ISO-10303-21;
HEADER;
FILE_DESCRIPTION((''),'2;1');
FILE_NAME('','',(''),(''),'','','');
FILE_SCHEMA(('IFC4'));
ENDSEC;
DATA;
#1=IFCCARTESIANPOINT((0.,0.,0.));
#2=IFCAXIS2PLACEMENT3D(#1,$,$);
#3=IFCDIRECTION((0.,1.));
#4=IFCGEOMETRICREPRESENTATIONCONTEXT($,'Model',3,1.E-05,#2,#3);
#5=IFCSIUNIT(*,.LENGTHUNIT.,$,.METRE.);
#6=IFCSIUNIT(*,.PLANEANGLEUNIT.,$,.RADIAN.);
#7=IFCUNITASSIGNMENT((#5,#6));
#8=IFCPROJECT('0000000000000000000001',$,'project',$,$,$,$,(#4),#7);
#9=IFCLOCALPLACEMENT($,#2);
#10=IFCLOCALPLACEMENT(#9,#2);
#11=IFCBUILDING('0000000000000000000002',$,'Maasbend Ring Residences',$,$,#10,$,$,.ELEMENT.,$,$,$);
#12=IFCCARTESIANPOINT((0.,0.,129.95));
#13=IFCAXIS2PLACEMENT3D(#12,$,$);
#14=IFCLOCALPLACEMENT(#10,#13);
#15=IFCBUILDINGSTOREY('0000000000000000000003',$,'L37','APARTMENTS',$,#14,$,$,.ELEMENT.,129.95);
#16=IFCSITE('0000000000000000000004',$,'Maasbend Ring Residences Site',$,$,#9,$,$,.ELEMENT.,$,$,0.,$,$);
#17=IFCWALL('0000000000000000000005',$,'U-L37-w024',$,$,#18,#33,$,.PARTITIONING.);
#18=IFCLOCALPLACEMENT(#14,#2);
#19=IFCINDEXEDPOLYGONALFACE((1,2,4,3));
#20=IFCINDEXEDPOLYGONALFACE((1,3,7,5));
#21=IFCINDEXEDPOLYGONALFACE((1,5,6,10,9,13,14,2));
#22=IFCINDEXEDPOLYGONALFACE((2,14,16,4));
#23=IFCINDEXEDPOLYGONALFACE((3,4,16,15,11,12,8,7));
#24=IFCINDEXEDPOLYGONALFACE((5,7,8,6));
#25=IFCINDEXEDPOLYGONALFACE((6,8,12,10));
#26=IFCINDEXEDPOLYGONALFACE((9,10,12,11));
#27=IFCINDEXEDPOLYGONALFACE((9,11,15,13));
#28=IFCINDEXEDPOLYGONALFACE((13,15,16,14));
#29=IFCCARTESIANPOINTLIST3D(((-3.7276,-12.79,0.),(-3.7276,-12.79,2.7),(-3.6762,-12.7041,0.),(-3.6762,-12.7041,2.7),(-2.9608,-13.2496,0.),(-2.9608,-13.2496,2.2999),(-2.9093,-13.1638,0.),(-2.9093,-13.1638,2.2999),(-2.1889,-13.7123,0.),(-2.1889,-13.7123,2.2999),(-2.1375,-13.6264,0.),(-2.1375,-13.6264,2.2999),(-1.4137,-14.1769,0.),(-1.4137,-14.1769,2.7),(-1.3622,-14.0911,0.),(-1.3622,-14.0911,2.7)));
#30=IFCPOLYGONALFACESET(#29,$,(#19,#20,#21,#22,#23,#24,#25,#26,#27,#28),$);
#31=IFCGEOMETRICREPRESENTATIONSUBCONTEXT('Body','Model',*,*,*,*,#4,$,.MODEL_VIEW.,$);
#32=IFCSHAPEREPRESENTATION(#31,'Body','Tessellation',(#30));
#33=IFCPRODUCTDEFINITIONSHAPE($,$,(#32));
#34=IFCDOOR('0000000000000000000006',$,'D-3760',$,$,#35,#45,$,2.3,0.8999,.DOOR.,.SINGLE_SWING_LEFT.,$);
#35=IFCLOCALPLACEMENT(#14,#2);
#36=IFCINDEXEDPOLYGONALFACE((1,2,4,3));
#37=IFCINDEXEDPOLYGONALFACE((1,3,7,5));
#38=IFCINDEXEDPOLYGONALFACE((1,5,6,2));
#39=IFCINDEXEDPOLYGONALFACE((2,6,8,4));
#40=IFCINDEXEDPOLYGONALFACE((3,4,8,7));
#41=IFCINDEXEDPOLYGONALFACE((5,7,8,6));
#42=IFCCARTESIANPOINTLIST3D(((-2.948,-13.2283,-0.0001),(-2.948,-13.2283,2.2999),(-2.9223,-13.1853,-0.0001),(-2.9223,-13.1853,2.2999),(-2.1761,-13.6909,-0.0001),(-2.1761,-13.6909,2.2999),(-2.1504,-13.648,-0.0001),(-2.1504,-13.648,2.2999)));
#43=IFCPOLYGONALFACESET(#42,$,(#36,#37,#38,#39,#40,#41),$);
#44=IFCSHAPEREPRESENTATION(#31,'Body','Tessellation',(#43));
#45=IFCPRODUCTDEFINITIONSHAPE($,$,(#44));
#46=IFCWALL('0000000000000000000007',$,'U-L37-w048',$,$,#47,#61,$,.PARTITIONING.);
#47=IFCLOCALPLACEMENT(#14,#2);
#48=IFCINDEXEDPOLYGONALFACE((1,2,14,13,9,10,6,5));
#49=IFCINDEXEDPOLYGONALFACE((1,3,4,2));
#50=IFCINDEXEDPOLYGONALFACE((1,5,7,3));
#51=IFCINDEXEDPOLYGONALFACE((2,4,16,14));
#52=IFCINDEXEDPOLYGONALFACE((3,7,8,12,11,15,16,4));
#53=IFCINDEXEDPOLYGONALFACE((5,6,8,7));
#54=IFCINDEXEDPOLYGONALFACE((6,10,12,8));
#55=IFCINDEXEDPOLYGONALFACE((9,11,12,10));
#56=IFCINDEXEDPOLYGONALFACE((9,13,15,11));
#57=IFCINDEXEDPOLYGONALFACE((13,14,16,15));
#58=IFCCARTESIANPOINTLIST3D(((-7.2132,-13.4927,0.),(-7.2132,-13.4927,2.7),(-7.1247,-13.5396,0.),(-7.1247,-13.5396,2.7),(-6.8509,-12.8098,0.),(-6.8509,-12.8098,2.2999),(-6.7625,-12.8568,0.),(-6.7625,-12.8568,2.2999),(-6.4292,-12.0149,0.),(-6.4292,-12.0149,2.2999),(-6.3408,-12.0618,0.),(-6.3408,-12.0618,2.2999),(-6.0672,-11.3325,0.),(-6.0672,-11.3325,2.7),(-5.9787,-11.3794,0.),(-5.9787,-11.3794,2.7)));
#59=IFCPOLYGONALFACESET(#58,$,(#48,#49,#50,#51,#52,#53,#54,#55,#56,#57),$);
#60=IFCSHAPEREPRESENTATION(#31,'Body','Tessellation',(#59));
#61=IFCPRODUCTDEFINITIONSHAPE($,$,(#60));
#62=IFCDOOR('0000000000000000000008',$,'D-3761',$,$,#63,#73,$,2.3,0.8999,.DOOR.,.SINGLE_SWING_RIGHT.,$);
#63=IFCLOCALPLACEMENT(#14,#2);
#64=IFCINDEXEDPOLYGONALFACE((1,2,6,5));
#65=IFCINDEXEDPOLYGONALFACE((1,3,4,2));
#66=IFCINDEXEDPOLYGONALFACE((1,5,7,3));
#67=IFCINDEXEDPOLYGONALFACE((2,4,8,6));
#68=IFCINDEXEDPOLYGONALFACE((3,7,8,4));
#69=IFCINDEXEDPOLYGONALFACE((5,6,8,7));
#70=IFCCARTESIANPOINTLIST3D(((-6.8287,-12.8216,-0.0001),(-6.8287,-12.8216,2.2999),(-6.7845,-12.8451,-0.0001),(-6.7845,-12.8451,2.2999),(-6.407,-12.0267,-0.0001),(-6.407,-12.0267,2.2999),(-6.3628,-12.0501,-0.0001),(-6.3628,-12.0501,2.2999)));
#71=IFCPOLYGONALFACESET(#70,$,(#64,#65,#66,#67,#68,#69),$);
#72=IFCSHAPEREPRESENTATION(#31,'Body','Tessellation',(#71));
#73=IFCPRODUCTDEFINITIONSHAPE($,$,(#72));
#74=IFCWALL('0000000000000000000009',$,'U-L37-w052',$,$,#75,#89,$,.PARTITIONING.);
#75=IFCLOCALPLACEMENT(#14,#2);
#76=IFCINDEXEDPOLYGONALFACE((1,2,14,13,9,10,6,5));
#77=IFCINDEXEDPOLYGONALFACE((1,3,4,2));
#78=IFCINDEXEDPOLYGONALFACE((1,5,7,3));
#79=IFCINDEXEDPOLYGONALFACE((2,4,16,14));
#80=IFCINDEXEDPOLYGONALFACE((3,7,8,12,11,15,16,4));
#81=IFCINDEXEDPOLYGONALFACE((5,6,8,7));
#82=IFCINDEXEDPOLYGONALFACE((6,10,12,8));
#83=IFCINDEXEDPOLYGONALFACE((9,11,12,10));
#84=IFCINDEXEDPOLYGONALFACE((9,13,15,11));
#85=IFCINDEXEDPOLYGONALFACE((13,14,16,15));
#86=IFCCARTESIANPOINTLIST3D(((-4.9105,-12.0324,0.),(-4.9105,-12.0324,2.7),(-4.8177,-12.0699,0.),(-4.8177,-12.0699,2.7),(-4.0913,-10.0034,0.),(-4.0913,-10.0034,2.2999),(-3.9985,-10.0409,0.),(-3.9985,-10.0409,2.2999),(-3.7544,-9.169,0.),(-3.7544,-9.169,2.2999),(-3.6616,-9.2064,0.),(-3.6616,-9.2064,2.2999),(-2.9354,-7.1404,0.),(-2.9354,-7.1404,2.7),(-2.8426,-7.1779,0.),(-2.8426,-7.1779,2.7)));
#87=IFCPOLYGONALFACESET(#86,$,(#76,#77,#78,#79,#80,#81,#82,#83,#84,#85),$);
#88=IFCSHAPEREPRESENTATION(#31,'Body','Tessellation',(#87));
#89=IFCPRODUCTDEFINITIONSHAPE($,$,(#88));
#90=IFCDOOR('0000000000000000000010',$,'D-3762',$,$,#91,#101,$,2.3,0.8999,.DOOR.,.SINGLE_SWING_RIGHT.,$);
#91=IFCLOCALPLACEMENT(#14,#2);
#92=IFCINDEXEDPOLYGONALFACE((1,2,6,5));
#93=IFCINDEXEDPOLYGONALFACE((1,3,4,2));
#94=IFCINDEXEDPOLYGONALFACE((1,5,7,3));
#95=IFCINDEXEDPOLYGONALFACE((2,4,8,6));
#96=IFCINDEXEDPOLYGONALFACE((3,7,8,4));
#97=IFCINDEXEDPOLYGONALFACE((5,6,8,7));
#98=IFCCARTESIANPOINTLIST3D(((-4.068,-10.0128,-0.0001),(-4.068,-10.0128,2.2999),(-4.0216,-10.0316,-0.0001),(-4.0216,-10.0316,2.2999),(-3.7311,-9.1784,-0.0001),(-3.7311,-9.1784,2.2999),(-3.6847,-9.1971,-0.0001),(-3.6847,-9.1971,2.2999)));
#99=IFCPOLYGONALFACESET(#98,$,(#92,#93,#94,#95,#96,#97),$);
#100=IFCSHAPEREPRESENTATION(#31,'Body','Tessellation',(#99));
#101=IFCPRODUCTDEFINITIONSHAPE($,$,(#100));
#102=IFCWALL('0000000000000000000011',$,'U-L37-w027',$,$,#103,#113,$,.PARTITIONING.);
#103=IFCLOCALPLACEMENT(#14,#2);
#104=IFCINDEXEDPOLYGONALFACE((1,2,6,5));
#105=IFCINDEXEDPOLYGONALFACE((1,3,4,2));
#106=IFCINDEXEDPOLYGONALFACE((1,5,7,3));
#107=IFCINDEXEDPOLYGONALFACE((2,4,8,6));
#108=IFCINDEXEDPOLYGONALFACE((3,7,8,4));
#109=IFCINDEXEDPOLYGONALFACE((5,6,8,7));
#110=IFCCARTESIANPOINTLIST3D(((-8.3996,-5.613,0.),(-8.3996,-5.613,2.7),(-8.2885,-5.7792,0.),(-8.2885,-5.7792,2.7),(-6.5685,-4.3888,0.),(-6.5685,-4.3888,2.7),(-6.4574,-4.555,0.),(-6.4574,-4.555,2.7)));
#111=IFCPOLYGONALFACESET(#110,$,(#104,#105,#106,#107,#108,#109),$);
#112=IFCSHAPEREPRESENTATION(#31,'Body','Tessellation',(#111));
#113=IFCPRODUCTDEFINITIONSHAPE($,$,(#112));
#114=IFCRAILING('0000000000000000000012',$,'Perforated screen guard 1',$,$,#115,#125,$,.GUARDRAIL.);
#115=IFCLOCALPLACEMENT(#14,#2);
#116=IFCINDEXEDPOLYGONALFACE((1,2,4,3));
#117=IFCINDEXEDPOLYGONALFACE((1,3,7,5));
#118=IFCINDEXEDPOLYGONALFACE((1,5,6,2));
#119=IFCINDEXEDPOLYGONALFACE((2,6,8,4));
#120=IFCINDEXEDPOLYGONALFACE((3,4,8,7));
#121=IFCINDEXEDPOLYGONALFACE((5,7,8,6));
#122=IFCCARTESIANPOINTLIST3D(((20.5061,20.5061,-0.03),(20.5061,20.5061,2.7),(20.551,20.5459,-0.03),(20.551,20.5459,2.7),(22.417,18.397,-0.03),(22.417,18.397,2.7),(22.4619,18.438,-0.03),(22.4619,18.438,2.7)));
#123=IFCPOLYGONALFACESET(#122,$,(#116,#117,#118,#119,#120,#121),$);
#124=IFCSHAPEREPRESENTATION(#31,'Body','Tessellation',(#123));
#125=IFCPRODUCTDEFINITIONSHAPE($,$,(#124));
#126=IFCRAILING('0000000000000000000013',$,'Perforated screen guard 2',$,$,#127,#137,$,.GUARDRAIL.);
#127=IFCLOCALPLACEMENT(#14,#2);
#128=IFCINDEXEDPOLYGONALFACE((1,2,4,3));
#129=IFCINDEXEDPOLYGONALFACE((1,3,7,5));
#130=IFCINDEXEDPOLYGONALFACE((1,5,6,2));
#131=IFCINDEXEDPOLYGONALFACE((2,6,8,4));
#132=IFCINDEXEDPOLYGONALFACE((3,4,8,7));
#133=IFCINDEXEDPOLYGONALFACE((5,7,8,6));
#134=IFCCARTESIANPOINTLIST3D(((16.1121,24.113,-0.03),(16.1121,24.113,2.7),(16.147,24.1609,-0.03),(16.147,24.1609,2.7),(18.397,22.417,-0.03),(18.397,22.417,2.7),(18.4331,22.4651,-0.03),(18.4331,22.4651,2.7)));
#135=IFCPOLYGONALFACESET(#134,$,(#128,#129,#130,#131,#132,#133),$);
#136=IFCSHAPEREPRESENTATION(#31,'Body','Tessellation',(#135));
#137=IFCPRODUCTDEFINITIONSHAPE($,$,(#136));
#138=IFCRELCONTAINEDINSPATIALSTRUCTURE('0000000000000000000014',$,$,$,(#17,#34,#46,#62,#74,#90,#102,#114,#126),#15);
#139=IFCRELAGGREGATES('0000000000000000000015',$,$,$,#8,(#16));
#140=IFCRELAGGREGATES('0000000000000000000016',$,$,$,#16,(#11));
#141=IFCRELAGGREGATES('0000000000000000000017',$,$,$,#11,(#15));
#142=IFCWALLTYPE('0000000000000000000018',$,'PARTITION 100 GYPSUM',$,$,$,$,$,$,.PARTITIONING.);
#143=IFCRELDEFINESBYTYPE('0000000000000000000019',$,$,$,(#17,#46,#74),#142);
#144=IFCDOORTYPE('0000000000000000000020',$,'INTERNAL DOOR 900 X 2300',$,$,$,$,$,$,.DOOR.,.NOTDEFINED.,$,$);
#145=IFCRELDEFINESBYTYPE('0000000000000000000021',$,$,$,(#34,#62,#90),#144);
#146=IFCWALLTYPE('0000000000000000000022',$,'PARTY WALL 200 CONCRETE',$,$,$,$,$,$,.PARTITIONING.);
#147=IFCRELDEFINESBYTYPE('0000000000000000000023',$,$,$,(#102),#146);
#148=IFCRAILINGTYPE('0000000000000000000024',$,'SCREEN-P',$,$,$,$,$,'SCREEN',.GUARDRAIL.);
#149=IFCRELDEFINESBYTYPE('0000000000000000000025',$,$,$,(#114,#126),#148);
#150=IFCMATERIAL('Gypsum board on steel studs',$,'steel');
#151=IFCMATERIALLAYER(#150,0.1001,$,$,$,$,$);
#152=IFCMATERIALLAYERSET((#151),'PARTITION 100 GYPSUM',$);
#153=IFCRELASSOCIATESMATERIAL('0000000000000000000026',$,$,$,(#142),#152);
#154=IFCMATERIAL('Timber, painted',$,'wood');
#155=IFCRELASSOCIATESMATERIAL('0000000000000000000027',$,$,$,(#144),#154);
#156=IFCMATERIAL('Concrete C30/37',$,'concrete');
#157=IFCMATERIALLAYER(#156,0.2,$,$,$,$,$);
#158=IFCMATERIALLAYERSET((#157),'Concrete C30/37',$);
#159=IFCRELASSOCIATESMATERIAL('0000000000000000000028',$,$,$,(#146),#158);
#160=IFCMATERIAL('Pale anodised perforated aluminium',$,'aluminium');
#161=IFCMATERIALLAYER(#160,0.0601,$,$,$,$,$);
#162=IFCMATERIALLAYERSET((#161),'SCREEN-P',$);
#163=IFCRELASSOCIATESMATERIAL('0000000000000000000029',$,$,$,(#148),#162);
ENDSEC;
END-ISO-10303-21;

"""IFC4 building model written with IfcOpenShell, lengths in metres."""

from ifc_helpers import new_model, si_unit, direction, frame, frame_2d, origin, place, context, subcontext, project, spatial, polyline, rectangle, outline, extrude, material, layer, layer_set, type_object, element, fill, save


model = new_model("IFC4")

# Units and contexts
model_context = context("Model", 3, precision=1e-05, world=origin(), true_north=direction((0.0, 1.0)))
body_context = subcontext(model_context, "Body", "Model", "MODEL_VIEW")
ifc_project = project(units=[si_unit("LENGTHUNIT", "METRE"), si_unit("PLANEANGLEUNIT", "RADIAN")], contexts=[model_context])

# Site, building, storey
site_placement = place(None, origin())
site = spatial("IfcSite", under=ifc_project, at=site_placement, Name="Maasbend Ring Residences Site", CompositionType="ELEMENT", RefElevation=0.0)
building_placement = place(site_placement, origin())
building = spatial("IfcBuilding", under=site, at=building_placement, Name="Maasbend Ring Residences", CompositionType="ELEMENT")
storey_placement = place(building_placement, frame((0.0, 0.0, 129.95)))
storey = spatial("IfcBuildingStorey", under=building, at=storey_placement, Name="L37", Description="APARTMENTS", CompositionType="ELEMENT", Elevation=129.95)

# Walls, openings, doors
ifc_material_1 = material(Name="Gypsum board on steel studs", Category="steel")
ifc_layer_1 = layer(ifc_material_1, 0.1001)
ifc_layer_set_1 = layer_set([ifc_layer_1], Name="PARTITION 100 GYPSUM")
wall_type_1 = type_object("IfcWallType", Name="PARTITION 100 GYPSUM", PredefinedType="PARTITIONING", material=ifc_layer_set_1)
wall_1_placement = place(storey_placement, frame((-3.7019, -12.7471, 0.0), z_axis=(0.0, 0.0, 1.0), x_axis=(0.857724, -0.51411, 0.0)))
wall_1 = element("IfcWall", 1, at=wall_1_placement, inside=storey, type_object=wall_type_1, Name="U-L37-w024", PredefinedType="PARTITIONING", context=body_context, shape_type="SweptSolid", body=[
    extrude(rectangle(XDim=2.6978, YDim=0.1001, at=frame_2d((1.3489, 0.0))), origin(), (0.0, 0.0, 1.0), 2.7),
])
opening_1_placement = place(wall_1_placement, frame((0.894, 0.0, 0.0)))
opening_1 = element("IfcOpeningElement", 2, at=opening_1_placement, cuts=wall_1, PredefinedType="OPENING", context=body_context, shape_type="SweptSolid", body=[
    extrude(rectangle(XDim=0.8999, YDim=2.3, at=frame_2d((0.45, 1.1499))), frame((0.0, 0.0601, 0.0), z_axis=(0.0, -1.0, 0.0), x_axis=(1.0, 0.0, 0.0)), (0.0, 0.0, 1.0), 0.1201),
])
ifc_material_2 = material(Name="Timber, painted", Category="wood")
door_type = type_object("IfcDoorType", Name="INTERNAL DOOR 900 X 2300", OperationType="NOTDEFINED", PredefinedType="DOOR", material=ifc_material_2)
door_1_placement = place(opening_1_placement, origin())
door_1 = element("IfcDoor", 3, at=door_1_placement, inside=storey, type_object=door_type, Name="D-3760", OperationType="SINGLE_SWING_LEFT", OverallHeight=2.3, OverallWidth=0.8999, PredefinedType="DOOR", context=body_context, shape_type="SweptSolid", body=[
    extrude(rectangle(XDim=0.8999, YDim=2.3, at=frame_2d((0.45, 1.1499))), frame((0.0, 0.0249, 0.0), z_axis=(0.0, -1.0, 0.0), x_axis=(1.0, 0.0, 0.0)), (0.0, 0.0, 1.0), 0.05),
])
fill(opening_1, door_1)
wall_2_placement = place(storey_placement, frame((-7.1689, -13.5161, 0.0), z_axis=(0.0, 0.0, 1.0), x_axis=(0.468649, 0.883384, 0.0)))
wall_2 = element("IfcWall", 4, at=wall_2_placement, inside=storey, type_object=wall_type_1, Name="U-L37-w048", PredefinedType="PARTITIONING", context=body_context, shape_type="SweptSolid", body=[
    extrude(rectangle(XDim=2.4453, YDim=0.1001, at=frame_2d((1.2227, 0.0))), origin(), (0.0, 0.0, 1.0), 2.7),
])
opening_2_placement = place(wall_2_placement, frame((0.7729, 0.0, 0.0)))
opening_2 = element("IfcOpeningElement", 5, at=opening_2_placement, cuts=wall_2, PredefinedType="OPENING", context=body_context, shape_type="SweptSolid", body=[
    extrude(rectangle(XDim=0.8999, YDim=2.3, at=frame_2d((0.45, 1.1499))), frame((0.0, 0.0601, 0.0), z_axis=(0.0, -1.0, 0.0), x_axis=(1.0, 0.0, 0.0)), (0.0, 0.0, 1.0), 0.1201),
])
door_2_placement = place(opening_2_placement, origin())
door_2 = element("IfcDoor", 6, at=door_2_placement, inside=storey, type_object=door_type, Name="D-3761", OperationType="SINGLE_SWING_RIGHT", OverallHeight=2.3, OverallWidth=0.8999, PredefinedType="DOOR", context=body_context, shape_type="SweptSolid", body=[
    extrude(rectangle(XDim=0.8999, YDim=2.3, at=frame_2d((0.45, 1.1499))), frame((0.0, 0.0249, 0.0), z_axis=(0.0, -1.0, 0.0), x_axis=(1.0, 0.0, 0.0)), (0.0, 0.0, 1.0), 0.05),
])
fill(opening_2, door_2)
wall_3_placement = place(storey_placement, frame((-4.864, -12.051, 0.0), z_axis=(0.0, 0.0, 1.0), x_axis=(0.374373, 0.927278, 0.0)))
wall_3 = element("IfcWall", 7, at=wall_3_placement, inside=storey, type_object=wall_type_1, Name="U-L37-w052", PredefinedType="PARTITIONING", context=body_context, shape_type="SweptSolid", body=[
    extrude(rectangle(XDim=5.2756, YDim=0.1001, at=frame_2d((2.6377, 0.0))), origin(), (0.0, 0.0, 1.0), 2.7),
])
opening_3_placement = place(wall_3_placement, frame((2.188, 0.0, 0.0)))
opening_3 = element("IfcOpeningElement", 8, at=opening_3_placement, cuts=wall_3, PredefinedType="OPENING", context=body_context, shape_type="SweptSolid", body=[
    extrude(rectangle(XDim=0.8999, YDim=2.3, at=frame_2d((0.45, 1.1499))), frame((0.0, 0.0601, 0.0), z_axis=(0.0, -1.0, 0.0), x_axis=(1.0, 0.0, 0.0)), (0.0, 0.0, 1.0), 0.1201),
])
door_3_placement = place(opening_3_placement, origin())
door_3 = element("IfcDoor", 9, at=door_3_placement, inside=storey, type_object=door_type, Name="D-3762", OperationType="SINGLE_SWING_RIGHT", OverallHeight=2.3, OverallWidth=0.8999, PredefinedType="DOOR", context=body_context, shape_type="SweptSolid", body=[
    extrude(rectangle(XDim=0.8999, YDim=2.3, at=frame_2d((0.45, 1.1499))), frame((0.0, 0.0249, 0.0), z_axis=(0.0, -1.0, 0.0), x_axis=(1.0, 0.0, 0.0)), (0.0, 0.0, 1.0), 0.05),
])
fill(opening_3, door_3)

# Wall
ifc_material_3 = material(Name="Concrete C30/37", Category="concrete")
ifc_layer_2 = layer(ifc_material_3, 0.2)
ifc_layer_set_2 = layer_set([ifc_layer_2], Name="Concrete C30/37")
wall_type_2 = type_object("IfcWallType", Name="PARTY WALL 200 CONCRETE", PredefinedType="PARTITIONING", material=ifc_layer_set_2)
wall_4_placement = place(storey_placement, frame((-6.5129, -4.4719, 0.0), z_axis=(0.0, 0.0, 1.0), x_axis=(-0.831333, -0.555774, 0.0)))
element("IfcWall", 10, at=wall_4_placement, inside=storey, type_object=wall_type_2, Name="U-L37-w027", PredefinedType="PARTITIONING", context=body_context, shape_type="SweptSolid", body=[
    extrude(rectangle(XDim=2.2026, YDim=0.2, at=frame_2d((1.1013, 0.0))), origin(), (0.0, 0.0, 1.0), 2.7),
])

# Railings
ifc_material_4 = material(Name="Pale anodised perforated aluminium", Category="aluminium")
ifc_layer_3 = layer(ifc_material_4, 0.0601)
ifc_layer_set_3 = layer_set([ifc_layer_3], Name="SCREEN-P")
railing_type = type_object("IfcRailingType", Name="SCREEN-P", ElementType="SCREEN", PredefinedType="GUARDRAIL", material=ifc_layer_set_3)
railing_1_placement = place(storey_placement, frame((0.0, 0.0, -0.03)))
element("IfcRailing", 11, at=railing_1_placement, inside=storey, type_object=railing_type, Name="Perforated screen guard 1", PredefinedType="GUARDRAIL", context=body_context, shape_type="SweptSolid", body=[
    extrude(outline(polyline([(22.417, 18.397), (20.5061, 20.5061), (20.551, 20.5459), (22.4619, 18.438), (22.417, 18.397)])), origin(), (0.0, 0.0, 1.0), 2.73),
])
railing_2_placement = place(storey_placement, frame((0.0, 0.0, -0.03)))
element("IfcRailing", 12, at=railing_2_placement, inside=storey, type_object=railing_type, Name="Perforated screen guard 2", PredefinedType="GUARDRAIL", context=body_context, shape_type="SweptSolid", body=[
    extrude(outline(polyline([(18.397, 22.417), (16.1121, 24.113), (16.147, 24.1609), (18.4331, 22.4651), (18.397, 22.417)])), origin(), (0.0, 0.0, 1.0), 2.73),
])

save(model, "model.ifc")
